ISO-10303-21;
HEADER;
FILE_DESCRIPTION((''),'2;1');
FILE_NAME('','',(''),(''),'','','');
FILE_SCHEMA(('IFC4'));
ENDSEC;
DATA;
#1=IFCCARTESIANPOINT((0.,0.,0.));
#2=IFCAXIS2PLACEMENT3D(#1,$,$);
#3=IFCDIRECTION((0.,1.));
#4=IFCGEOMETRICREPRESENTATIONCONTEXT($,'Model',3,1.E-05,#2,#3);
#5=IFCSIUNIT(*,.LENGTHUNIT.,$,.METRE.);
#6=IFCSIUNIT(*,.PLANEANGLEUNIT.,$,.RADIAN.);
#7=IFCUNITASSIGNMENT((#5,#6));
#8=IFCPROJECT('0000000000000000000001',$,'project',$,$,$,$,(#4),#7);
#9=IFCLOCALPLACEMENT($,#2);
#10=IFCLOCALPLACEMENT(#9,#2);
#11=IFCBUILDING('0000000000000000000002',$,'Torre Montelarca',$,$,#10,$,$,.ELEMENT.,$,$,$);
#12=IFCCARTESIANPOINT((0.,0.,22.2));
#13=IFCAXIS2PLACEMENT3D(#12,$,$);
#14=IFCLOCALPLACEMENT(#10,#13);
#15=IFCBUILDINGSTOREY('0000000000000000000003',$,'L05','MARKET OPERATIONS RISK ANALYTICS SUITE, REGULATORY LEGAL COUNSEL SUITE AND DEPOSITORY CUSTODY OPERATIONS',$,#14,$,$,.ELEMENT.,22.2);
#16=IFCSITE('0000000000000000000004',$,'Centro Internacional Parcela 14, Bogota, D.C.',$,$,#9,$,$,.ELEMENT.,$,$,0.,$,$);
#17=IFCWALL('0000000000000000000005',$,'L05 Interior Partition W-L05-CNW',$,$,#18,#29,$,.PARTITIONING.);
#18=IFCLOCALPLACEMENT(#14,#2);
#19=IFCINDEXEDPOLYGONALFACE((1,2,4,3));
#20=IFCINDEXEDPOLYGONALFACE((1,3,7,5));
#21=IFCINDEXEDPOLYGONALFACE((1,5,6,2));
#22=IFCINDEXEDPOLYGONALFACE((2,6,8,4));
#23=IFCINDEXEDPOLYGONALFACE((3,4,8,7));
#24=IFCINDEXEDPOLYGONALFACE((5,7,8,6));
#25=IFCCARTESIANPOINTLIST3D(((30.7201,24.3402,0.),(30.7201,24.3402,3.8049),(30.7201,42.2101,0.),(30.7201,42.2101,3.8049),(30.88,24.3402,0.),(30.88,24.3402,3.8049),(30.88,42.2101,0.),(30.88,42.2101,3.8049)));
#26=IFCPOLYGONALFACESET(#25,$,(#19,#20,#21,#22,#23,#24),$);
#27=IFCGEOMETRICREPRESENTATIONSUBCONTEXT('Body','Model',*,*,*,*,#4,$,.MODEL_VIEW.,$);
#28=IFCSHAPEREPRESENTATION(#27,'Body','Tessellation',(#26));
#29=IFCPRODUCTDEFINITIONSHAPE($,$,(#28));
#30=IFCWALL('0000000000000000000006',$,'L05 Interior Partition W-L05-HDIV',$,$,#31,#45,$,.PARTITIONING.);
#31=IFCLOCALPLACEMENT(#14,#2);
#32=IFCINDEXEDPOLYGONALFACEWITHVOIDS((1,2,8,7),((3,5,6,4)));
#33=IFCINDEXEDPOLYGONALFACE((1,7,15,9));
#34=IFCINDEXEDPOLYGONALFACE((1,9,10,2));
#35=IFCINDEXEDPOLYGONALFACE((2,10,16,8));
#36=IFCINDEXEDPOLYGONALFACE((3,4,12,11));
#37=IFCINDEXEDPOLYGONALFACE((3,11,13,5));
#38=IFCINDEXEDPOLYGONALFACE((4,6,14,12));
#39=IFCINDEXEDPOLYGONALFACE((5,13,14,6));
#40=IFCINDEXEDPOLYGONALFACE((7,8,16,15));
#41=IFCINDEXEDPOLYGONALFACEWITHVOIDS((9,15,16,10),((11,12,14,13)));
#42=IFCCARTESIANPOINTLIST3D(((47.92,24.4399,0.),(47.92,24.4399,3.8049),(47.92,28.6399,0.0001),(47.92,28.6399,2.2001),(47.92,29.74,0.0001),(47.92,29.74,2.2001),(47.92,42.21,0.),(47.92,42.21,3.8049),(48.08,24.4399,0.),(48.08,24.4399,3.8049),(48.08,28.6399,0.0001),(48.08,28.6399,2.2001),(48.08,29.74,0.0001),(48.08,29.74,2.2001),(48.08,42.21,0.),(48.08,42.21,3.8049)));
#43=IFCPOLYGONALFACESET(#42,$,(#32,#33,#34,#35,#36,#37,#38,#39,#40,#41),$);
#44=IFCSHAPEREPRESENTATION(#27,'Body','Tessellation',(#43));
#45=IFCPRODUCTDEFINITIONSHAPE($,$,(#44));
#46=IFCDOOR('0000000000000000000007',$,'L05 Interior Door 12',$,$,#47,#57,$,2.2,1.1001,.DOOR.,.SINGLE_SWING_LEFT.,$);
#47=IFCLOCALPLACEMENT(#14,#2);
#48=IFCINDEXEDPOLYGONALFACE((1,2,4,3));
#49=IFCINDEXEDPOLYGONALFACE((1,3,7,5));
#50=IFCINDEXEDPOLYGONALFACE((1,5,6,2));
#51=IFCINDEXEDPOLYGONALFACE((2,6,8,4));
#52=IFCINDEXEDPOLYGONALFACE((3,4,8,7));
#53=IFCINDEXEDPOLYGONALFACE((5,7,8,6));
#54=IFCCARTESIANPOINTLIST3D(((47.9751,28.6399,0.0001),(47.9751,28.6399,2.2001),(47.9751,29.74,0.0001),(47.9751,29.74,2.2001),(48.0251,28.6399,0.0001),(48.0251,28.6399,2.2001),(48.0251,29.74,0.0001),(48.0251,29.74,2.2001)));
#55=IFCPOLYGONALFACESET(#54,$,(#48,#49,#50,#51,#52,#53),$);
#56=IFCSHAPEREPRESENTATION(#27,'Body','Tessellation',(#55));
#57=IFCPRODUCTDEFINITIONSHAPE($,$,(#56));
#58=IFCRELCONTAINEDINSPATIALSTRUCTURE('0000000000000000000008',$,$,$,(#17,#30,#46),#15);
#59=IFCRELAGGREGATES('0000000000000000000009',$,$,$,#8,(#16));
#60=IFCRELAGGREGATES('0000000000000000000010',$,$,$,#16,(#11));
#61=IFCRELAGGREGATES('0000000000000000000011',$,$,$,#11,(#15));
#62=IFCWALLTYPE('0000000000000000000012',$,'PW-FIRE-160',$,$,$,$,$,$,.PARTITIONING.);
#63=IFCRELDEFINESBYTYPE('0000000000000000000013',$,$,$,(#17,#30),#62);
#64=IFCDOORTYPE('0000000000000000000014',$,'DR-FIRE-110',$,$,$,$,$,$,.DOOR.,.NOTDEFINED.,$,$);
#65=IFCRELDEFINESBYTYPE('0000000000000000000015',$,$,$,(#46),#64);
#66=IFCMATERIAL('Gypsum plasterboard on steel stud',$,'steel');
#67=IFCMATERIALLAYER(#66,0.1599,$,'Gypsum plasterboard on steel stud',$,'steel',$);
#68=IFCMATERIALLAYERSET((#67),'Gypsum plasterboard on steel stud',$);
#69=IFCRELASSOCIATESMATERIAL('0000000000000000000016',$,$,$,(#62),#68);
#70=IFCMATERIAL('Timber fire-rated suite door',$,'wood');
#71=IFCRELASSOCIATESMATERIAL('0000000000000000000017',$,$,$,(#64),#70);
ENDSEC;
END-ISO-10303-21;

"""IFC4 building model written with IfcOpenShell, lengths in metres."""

from ifc_helpers import new_model, si_unit, direction, frame, frame_2d, origin, place, context, subcontext, project, spatial, rectangle, extrude, source, transform, mapped, material, layer, layer_set, type_object, element, fill, save


model = new_model("IFC4")

# Units and contexts
model_context = context("Model", 3, precision=1e-05, world=origin(), true_north=direction((0.0, 1.0)))
body_context = subcontext(model_context, "Body", "Model", "MODEL_VIEW")
ifc_project = project(units=[si_unit("LENGTHUNIT", "METRE"), si_unit("PLANEANGLEUNIT", "RADIAN")], contexts=[model_context])

# Site, building, storey
site_placement = place(None, origin())
site = spatial("IfcSite", under=ifc_project, at=site_placement, Name="Centro Internacional Parcela 14, Bogota, D.C.", CompositionType="ELEMENT", RefElevation=0.0)
building_placement = place(site_placement, origin())
building = spatial("IfcBuilding", under=site, at=building_placement, Name="Torre Montelarca", CompositionType="ELEMENT")
storey_placement = place(building_placement, frame((0.0, 0.0, 22.2)))
storey = spatial("IfcBuildingStorey", under=building, at=storey_placement, Name="L05", Description="MARKET OPERATIONS RISK ANALYTICS SUITE, REGULATORY LEGAL COUNSEL SUITE AND DEPOSITORY CUSTODY OPERATIONS", CompositionType="ELEMENT", Elevation=22.2)

# Wall
ifc_material_1 = material(Name="Gypsum plasterboard on steel stud", Category="steel")
ifc_layer = layer(ifc_material_1, 0.1599, Name="Gypsum plasterboard on steel stud", Category="steel")
ifc_layer_set = layer_set([ifc_layer], Name="Gypsum plasterboard on steel stud")
wall_type = type_object("IfcWallType", Name="PW-FIRE-160", PredefinedType="PARTITIONING", material=ifc_layer_set)
wall_1_placement = place(storey_placement, frame((30.8, 24.3401, 0.0), z_axis=(0.0, 0.0, 1.0), x_axis=(0.0, 1.0, 0.0)))
element("IfcWall", 1, at=wall_1_placement, inside=storey, type_object=wall_type, Name="L05 Interior Partition W-L05-CNW", PredefinedType="PARTITIONING", context=body_context, shape_type="SweptSolid", body=[
    extrude(rectangle(XDim=17.8699, YDim=0.1599, at=frame_2d((8.9351, 0.0))), origin(), (0.0, 0.0, 1.0), 3.8049),
])

# Wall, opening, door
wall_2_placement = place(storey_placement, frame((48.0, 24.4399, 0.0), z_axis=(0.0, 0.0, 1.0), x_axis=(0.0, 1.0, 0.0)))
wall_2 = element("IfcWall", 2, at=wall_2_placement, inside=storey, type_object=wall_type, Name="L05 Interior Partition W-L05-HDIV", PredefinedType="PARTITIONING", context=body_context, shape_type="SweptSolid", body=[
    extrude(rectangle(XDim=17.77, YDim=0.1599, at=frame_2d((8.885, 0.0))), origin(), (0.0, 0.0, 1.0), 3.8049),
])
opening_placement = place(wall_2_placement, frame((4.2, 0.0, 0.0)))
opening = element("IfcOpeningElement", 3, at=opening_placement, cuts=wall_2, PredefinedType="OPENING", context=body_context, shape_type="SweptSolid", body=[
    extrude(rectangle(XDim=1.1001, YDim=2.2, at=frame_2d((0.55, 1.1001))), frame((0.0, 0.0898, 0.0), z_axis=(0.0, -1.0, 0.0), x_axis=(1.0, 0.0, 0.0)), (0.0, 0.0, 1.0), 0.1799),
])
ifc_material_2 = material(Name="Timber fire-rated suite door", Category="wood")
door_type = type_object("IfcDoorType", Name="DR-FIRE-110", OperationType="NOTDEFINED", PredefinedType="DOOR", material=ifc_material_2)
shared_shape_1 = source(origin(), body_context, "Body", "SweptSolid", [
    extrude(rectangle(XDim=1.1001, YDim=2.2, at=frame_2d((0.55, 1.1001))), frame((0.0, 0.0249, 0.0), z_axis=(0.0, -1.0, 0.0), x_axis=(1.0, 0.0, 0.0)), (0.0, 0.0, 1.0), 0.05),
])
door_placement = place(opening_placement, origin())
door = element("IfcDoor", 4, at=door_placement, inside=storey, type_object=door_type, Name="L05 Interior Door 12", OperationType="SINGLE_SWING_LEFT", OverallHeight=2.2, OverallWidth=1.1001, PredefinedType="DOOR", context=body_context, shape_type="MappedRepresentation", body=[
    mapped(shared_shape_1, transform((0.0, 0.0, 0.0), scale=1.0)),
])
fill(opening, door)

save(model, "model.ifc")
